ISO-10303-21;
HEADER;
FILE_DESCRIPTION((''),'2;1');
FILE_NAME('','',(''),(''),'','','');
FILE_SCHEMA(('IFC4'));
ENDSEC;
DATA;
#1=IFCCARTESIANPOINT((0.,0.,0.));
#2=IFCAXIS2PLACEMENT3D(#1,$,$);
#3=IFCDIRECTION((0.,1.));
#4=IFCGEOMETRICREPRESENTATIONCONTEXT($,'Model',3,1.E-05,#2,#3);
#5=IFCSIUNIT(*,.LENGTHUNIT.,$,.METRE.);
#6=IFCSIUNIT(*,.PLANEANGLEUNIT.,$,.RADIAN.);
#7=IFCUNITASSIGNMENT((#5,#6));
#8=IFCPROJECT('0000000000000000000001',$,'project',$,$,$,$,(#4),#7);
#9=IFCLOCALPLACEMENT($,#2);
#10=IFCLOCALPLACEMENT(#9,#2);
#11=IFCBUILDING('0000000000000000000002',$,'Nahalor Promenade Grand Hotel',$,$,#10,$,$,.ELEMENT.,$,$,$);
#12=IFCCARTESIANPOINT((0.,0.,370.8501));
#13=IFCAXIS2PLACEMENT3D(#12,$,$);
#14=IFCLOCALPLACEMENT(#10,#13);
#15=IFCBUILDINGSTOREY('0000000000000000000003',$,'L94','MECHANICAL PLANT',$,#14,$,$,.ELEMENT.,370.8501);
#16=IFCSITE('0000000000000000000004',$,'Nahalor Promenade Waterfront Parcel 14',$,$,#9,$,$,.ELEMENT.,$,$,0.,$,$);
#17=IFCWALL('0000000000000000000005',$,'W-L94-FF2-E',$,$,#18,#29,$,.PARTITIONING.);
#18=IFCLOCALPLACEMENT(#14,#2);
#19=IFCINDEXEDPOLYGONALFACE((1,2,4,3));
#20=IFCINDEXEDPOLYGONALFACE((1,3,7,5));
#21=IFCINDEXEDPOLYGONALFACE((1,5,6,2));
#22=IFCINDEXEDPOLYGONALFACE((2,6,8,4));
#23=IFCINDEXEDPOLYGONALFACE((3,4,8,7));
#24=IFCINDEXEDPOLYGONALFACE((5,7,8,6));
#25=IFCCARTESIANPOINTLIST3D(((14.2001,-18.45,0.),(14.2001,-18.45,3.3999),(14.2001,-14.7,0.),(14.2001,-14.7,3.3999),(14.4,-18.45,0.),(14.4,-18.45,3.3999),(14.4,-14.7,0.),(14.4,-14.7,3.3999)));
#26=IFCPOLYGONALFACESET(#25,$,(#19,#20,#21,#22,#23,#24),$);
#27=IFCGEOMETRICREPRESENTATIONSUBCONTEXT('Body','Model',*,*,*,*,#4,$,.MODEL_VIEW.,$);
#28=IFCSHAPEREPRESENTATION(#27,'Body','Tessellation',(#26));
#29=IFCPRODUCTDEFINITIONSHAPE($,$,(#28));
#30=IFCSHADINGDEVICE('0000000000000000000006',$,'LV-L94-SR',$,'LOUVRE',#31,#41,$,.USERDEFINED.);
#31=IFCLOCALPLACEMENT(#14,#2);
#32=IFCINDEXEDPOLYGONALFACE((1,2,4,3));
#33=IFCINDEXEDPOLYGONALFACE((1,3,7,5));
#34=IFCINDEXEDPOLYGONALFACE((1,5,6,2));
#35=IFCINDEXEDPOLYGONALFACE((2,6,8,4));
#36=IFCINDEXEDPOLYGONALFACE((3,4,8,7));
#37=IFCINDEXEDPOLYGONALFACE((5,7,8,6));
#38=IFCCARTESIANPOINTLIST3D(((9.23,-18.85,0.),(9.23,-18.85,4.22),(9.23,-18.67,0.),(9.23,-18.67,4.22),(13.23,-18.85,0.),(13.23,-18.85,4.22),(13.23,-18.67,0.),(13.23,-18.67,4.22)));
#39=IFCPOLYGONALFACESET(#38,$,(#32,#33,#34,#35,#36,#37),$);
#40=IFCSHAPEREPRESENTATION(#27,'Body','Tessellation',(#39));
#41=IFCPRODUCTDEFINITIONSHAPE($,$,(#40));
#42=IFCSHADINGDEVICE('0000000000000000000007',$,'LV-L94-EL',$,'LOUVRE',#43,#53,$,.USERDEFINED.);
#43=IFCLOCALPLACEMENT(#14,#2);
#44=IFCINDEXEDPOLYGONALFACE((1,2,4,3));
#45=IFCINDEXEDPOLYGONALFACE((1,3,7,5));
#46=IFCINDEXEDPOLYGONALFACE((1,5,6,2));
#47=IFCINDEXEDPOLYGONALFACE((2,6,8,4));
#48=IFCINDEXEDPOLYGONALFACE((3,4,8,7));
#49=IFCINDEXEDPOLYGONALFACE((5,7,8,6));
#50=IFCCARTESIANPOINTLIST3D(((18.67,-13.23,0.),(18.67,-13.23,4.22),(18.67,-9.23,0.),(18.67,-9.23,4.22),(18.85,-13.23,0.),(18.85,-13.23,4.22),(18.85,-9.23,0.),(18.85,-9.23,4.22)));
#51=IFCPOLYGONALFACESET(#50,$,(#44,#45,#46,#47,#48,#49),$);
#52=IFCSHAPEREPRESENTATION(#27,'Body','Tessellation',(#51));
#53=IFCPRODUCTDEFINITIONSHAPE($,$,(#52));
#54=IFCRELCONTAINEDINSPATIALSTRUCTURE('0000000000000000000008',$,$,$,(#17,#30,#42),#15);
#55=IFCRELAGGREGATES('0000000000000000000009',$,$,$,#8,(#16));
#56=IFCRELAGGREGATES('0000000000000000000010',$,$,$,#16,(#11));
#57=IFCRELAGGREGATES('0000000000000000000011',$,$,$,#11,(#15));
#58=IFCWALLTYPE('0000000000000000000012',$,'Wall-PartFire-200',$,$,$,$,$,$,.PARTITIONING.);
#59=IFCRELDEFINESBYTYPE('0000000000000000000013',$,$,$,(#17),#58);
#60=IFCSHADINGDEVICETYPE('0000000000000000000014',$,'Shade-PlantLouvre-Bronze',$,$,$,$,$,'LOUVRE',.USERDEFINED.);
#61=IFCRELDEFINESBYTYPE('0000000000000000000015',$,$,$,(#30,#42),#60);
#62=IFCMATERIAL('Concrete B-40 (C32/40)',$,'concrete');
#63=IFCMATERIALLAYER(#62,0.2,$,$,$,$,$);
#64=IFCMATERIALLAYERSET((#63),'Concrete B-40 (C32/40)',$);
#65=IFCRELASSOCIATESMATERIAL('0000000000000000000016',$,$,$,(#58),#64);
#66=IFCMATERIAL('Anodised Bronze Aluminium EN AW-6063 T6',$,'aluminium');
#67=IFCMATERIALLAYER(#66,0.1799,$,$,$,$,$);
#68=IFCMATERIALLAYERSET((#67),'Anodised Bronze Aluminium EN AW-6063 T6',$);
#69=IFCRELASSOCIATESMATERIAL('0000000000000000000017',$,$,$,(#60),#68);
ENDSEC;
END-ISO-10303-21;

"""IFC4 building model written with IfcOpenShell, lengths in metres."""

from ifc_helpers import new_model, si_unit, direction, frame, frame_2d, origin, origin_2d, place, context, subcontext, project, spatial, rectangle, extrude, source, transform, mapped, material, layer, layer_set, type_object, element, save


model = new_model("IFC4")

# Units and contexts
model_context = context("Model", 3, precision=1e-05, world=origin(), true_north=direction((0.0, 1.0)))
body_context = subcontext(model_context, "Body", "Model", "MODEL_VIEW")
ifc_project = project(units=[si_unit("LENGTHUNIT", "METRE"), si_unit("PLANEANGLEUNIT", "RADIAN")], contexts=[model_context])

# Site, building, storey
site_placement = place(None, origin())
site = spatial("IfcSite", under=ifc_project, at=site_placement, Name="Nahalor Promenade Waterfront Parcel 14", CompositionType="ELEMENT", RefElevation=0.0)
building_placement = place(site_placement, origin())
building = spatial("IfcBuilding", under=site, at=building_placement, Name="Nahalor Promenade Grand Hotel", CompositionType="ELEMENT")
storey_placement = place(building_placement, frame((0.0, 0.0, 370.8501)))
storey = spatial("IfcBuildingStorey", under=building, at=storey_placement, Name="L94", Description="MECHANICAL PLANT", CompositionType="ELEMENT", Elevation=370.8501)

# Shared definitions
ifc_material_1 = material(Name="Anodised Bronze Aluminium EN AW-6063 T6", Category="aluminium")

# Wall
ifc_material_2 = material(Name="Concrete B-40 (C32/40)", Category="concrete")
ifc_layer_1 = layer(ifc_material_2, 0.2)
ifc_layer_set_1 = layer_set([ifc_layer_1], Name="Concrete B-40 (C32/40)")
wall_type_1 = type_object("IfcWallType", Name="Wall-PartFire-200", PredefinedType="PARTITIONING", material=ifc_layer_set_1)
shared_shape_1 = source(origin(), body_context, "Body", "SweptSolid", [
    extrude(rectangle(XDim=3.75, YDim=0.2, at=frame_2d((1.875, 0.0))), origin(), (0.0, 0.0, 1.0), 3.3999),
])
wall_1_placement = place(storey_placement, frame((14.3, -18.45, 0.0), z_axis=(0.0, 0.0, 1.0), x_axis=(0.0, 1.0, 0.0)))
element("IfcWall", 1, at=wall_1_placement, inside=storey, type_object=wall_type_1, Name="W-L94-FF2-E", PredefinedType="PARTITIONING", context=body_context, shape_type="MappedRepresentation", body=[
    mapped(shared_shape_1, transform((0.0, 0.0, 0.0), scale=1.0)),
])

# Shading devices
ifc_layer_2 = layer(ifc_material_1, 0.1799)
ifc_layer_set_2 = layer_set([ifc_layer_2], Name="Anodised Bronze Aluminium EN AW-6063 T6")
shading_device_type = type_object("IfcShadingDeviceType", Name="Shade-PlantLouvre-Bronze", ElementType="LOUVRE", PredefinedType="USERDEFINED", material=ifc_layer_set_2)
shared_shape_2 = source(origin(), body_context, "Body", "SweptSolid", [
    extrude(rectangle(XDim=4.0, YDim=0.1799, at=origin_2d()), origin(), (0.0, 0.0, 1.0), 4.22),
])
for number, where, z_axis, x_axis, name in (
    (2, (11.23, -18.76, 0.0), (0.0, 0.0, 1.0), (1.0, 0.0, 0.0), "LV-L94-SR"),
    (3, (18.76, -11.23, 0.0), (0.0, 0.0, 1.0), (0.0, 1.0, 0.0), "LV-L94-EL"),
):
    element("IfcShadingDevice", number, at=place(storey_placement, frame(where, z_axis=z_axis, x_axis=x_axis)), inside=storey, type_object=shading_device_type, Name=name, ObjectType="LOUVRE", PredefinedType="USERDEFINED", context=body_context, shape_type="MappedRepresentation", body=[
        mapped(shared_shape_2, transform((0.0, 0.0, 0.0), scale=1.0)),
    ])

save(model, "model.ifc")
